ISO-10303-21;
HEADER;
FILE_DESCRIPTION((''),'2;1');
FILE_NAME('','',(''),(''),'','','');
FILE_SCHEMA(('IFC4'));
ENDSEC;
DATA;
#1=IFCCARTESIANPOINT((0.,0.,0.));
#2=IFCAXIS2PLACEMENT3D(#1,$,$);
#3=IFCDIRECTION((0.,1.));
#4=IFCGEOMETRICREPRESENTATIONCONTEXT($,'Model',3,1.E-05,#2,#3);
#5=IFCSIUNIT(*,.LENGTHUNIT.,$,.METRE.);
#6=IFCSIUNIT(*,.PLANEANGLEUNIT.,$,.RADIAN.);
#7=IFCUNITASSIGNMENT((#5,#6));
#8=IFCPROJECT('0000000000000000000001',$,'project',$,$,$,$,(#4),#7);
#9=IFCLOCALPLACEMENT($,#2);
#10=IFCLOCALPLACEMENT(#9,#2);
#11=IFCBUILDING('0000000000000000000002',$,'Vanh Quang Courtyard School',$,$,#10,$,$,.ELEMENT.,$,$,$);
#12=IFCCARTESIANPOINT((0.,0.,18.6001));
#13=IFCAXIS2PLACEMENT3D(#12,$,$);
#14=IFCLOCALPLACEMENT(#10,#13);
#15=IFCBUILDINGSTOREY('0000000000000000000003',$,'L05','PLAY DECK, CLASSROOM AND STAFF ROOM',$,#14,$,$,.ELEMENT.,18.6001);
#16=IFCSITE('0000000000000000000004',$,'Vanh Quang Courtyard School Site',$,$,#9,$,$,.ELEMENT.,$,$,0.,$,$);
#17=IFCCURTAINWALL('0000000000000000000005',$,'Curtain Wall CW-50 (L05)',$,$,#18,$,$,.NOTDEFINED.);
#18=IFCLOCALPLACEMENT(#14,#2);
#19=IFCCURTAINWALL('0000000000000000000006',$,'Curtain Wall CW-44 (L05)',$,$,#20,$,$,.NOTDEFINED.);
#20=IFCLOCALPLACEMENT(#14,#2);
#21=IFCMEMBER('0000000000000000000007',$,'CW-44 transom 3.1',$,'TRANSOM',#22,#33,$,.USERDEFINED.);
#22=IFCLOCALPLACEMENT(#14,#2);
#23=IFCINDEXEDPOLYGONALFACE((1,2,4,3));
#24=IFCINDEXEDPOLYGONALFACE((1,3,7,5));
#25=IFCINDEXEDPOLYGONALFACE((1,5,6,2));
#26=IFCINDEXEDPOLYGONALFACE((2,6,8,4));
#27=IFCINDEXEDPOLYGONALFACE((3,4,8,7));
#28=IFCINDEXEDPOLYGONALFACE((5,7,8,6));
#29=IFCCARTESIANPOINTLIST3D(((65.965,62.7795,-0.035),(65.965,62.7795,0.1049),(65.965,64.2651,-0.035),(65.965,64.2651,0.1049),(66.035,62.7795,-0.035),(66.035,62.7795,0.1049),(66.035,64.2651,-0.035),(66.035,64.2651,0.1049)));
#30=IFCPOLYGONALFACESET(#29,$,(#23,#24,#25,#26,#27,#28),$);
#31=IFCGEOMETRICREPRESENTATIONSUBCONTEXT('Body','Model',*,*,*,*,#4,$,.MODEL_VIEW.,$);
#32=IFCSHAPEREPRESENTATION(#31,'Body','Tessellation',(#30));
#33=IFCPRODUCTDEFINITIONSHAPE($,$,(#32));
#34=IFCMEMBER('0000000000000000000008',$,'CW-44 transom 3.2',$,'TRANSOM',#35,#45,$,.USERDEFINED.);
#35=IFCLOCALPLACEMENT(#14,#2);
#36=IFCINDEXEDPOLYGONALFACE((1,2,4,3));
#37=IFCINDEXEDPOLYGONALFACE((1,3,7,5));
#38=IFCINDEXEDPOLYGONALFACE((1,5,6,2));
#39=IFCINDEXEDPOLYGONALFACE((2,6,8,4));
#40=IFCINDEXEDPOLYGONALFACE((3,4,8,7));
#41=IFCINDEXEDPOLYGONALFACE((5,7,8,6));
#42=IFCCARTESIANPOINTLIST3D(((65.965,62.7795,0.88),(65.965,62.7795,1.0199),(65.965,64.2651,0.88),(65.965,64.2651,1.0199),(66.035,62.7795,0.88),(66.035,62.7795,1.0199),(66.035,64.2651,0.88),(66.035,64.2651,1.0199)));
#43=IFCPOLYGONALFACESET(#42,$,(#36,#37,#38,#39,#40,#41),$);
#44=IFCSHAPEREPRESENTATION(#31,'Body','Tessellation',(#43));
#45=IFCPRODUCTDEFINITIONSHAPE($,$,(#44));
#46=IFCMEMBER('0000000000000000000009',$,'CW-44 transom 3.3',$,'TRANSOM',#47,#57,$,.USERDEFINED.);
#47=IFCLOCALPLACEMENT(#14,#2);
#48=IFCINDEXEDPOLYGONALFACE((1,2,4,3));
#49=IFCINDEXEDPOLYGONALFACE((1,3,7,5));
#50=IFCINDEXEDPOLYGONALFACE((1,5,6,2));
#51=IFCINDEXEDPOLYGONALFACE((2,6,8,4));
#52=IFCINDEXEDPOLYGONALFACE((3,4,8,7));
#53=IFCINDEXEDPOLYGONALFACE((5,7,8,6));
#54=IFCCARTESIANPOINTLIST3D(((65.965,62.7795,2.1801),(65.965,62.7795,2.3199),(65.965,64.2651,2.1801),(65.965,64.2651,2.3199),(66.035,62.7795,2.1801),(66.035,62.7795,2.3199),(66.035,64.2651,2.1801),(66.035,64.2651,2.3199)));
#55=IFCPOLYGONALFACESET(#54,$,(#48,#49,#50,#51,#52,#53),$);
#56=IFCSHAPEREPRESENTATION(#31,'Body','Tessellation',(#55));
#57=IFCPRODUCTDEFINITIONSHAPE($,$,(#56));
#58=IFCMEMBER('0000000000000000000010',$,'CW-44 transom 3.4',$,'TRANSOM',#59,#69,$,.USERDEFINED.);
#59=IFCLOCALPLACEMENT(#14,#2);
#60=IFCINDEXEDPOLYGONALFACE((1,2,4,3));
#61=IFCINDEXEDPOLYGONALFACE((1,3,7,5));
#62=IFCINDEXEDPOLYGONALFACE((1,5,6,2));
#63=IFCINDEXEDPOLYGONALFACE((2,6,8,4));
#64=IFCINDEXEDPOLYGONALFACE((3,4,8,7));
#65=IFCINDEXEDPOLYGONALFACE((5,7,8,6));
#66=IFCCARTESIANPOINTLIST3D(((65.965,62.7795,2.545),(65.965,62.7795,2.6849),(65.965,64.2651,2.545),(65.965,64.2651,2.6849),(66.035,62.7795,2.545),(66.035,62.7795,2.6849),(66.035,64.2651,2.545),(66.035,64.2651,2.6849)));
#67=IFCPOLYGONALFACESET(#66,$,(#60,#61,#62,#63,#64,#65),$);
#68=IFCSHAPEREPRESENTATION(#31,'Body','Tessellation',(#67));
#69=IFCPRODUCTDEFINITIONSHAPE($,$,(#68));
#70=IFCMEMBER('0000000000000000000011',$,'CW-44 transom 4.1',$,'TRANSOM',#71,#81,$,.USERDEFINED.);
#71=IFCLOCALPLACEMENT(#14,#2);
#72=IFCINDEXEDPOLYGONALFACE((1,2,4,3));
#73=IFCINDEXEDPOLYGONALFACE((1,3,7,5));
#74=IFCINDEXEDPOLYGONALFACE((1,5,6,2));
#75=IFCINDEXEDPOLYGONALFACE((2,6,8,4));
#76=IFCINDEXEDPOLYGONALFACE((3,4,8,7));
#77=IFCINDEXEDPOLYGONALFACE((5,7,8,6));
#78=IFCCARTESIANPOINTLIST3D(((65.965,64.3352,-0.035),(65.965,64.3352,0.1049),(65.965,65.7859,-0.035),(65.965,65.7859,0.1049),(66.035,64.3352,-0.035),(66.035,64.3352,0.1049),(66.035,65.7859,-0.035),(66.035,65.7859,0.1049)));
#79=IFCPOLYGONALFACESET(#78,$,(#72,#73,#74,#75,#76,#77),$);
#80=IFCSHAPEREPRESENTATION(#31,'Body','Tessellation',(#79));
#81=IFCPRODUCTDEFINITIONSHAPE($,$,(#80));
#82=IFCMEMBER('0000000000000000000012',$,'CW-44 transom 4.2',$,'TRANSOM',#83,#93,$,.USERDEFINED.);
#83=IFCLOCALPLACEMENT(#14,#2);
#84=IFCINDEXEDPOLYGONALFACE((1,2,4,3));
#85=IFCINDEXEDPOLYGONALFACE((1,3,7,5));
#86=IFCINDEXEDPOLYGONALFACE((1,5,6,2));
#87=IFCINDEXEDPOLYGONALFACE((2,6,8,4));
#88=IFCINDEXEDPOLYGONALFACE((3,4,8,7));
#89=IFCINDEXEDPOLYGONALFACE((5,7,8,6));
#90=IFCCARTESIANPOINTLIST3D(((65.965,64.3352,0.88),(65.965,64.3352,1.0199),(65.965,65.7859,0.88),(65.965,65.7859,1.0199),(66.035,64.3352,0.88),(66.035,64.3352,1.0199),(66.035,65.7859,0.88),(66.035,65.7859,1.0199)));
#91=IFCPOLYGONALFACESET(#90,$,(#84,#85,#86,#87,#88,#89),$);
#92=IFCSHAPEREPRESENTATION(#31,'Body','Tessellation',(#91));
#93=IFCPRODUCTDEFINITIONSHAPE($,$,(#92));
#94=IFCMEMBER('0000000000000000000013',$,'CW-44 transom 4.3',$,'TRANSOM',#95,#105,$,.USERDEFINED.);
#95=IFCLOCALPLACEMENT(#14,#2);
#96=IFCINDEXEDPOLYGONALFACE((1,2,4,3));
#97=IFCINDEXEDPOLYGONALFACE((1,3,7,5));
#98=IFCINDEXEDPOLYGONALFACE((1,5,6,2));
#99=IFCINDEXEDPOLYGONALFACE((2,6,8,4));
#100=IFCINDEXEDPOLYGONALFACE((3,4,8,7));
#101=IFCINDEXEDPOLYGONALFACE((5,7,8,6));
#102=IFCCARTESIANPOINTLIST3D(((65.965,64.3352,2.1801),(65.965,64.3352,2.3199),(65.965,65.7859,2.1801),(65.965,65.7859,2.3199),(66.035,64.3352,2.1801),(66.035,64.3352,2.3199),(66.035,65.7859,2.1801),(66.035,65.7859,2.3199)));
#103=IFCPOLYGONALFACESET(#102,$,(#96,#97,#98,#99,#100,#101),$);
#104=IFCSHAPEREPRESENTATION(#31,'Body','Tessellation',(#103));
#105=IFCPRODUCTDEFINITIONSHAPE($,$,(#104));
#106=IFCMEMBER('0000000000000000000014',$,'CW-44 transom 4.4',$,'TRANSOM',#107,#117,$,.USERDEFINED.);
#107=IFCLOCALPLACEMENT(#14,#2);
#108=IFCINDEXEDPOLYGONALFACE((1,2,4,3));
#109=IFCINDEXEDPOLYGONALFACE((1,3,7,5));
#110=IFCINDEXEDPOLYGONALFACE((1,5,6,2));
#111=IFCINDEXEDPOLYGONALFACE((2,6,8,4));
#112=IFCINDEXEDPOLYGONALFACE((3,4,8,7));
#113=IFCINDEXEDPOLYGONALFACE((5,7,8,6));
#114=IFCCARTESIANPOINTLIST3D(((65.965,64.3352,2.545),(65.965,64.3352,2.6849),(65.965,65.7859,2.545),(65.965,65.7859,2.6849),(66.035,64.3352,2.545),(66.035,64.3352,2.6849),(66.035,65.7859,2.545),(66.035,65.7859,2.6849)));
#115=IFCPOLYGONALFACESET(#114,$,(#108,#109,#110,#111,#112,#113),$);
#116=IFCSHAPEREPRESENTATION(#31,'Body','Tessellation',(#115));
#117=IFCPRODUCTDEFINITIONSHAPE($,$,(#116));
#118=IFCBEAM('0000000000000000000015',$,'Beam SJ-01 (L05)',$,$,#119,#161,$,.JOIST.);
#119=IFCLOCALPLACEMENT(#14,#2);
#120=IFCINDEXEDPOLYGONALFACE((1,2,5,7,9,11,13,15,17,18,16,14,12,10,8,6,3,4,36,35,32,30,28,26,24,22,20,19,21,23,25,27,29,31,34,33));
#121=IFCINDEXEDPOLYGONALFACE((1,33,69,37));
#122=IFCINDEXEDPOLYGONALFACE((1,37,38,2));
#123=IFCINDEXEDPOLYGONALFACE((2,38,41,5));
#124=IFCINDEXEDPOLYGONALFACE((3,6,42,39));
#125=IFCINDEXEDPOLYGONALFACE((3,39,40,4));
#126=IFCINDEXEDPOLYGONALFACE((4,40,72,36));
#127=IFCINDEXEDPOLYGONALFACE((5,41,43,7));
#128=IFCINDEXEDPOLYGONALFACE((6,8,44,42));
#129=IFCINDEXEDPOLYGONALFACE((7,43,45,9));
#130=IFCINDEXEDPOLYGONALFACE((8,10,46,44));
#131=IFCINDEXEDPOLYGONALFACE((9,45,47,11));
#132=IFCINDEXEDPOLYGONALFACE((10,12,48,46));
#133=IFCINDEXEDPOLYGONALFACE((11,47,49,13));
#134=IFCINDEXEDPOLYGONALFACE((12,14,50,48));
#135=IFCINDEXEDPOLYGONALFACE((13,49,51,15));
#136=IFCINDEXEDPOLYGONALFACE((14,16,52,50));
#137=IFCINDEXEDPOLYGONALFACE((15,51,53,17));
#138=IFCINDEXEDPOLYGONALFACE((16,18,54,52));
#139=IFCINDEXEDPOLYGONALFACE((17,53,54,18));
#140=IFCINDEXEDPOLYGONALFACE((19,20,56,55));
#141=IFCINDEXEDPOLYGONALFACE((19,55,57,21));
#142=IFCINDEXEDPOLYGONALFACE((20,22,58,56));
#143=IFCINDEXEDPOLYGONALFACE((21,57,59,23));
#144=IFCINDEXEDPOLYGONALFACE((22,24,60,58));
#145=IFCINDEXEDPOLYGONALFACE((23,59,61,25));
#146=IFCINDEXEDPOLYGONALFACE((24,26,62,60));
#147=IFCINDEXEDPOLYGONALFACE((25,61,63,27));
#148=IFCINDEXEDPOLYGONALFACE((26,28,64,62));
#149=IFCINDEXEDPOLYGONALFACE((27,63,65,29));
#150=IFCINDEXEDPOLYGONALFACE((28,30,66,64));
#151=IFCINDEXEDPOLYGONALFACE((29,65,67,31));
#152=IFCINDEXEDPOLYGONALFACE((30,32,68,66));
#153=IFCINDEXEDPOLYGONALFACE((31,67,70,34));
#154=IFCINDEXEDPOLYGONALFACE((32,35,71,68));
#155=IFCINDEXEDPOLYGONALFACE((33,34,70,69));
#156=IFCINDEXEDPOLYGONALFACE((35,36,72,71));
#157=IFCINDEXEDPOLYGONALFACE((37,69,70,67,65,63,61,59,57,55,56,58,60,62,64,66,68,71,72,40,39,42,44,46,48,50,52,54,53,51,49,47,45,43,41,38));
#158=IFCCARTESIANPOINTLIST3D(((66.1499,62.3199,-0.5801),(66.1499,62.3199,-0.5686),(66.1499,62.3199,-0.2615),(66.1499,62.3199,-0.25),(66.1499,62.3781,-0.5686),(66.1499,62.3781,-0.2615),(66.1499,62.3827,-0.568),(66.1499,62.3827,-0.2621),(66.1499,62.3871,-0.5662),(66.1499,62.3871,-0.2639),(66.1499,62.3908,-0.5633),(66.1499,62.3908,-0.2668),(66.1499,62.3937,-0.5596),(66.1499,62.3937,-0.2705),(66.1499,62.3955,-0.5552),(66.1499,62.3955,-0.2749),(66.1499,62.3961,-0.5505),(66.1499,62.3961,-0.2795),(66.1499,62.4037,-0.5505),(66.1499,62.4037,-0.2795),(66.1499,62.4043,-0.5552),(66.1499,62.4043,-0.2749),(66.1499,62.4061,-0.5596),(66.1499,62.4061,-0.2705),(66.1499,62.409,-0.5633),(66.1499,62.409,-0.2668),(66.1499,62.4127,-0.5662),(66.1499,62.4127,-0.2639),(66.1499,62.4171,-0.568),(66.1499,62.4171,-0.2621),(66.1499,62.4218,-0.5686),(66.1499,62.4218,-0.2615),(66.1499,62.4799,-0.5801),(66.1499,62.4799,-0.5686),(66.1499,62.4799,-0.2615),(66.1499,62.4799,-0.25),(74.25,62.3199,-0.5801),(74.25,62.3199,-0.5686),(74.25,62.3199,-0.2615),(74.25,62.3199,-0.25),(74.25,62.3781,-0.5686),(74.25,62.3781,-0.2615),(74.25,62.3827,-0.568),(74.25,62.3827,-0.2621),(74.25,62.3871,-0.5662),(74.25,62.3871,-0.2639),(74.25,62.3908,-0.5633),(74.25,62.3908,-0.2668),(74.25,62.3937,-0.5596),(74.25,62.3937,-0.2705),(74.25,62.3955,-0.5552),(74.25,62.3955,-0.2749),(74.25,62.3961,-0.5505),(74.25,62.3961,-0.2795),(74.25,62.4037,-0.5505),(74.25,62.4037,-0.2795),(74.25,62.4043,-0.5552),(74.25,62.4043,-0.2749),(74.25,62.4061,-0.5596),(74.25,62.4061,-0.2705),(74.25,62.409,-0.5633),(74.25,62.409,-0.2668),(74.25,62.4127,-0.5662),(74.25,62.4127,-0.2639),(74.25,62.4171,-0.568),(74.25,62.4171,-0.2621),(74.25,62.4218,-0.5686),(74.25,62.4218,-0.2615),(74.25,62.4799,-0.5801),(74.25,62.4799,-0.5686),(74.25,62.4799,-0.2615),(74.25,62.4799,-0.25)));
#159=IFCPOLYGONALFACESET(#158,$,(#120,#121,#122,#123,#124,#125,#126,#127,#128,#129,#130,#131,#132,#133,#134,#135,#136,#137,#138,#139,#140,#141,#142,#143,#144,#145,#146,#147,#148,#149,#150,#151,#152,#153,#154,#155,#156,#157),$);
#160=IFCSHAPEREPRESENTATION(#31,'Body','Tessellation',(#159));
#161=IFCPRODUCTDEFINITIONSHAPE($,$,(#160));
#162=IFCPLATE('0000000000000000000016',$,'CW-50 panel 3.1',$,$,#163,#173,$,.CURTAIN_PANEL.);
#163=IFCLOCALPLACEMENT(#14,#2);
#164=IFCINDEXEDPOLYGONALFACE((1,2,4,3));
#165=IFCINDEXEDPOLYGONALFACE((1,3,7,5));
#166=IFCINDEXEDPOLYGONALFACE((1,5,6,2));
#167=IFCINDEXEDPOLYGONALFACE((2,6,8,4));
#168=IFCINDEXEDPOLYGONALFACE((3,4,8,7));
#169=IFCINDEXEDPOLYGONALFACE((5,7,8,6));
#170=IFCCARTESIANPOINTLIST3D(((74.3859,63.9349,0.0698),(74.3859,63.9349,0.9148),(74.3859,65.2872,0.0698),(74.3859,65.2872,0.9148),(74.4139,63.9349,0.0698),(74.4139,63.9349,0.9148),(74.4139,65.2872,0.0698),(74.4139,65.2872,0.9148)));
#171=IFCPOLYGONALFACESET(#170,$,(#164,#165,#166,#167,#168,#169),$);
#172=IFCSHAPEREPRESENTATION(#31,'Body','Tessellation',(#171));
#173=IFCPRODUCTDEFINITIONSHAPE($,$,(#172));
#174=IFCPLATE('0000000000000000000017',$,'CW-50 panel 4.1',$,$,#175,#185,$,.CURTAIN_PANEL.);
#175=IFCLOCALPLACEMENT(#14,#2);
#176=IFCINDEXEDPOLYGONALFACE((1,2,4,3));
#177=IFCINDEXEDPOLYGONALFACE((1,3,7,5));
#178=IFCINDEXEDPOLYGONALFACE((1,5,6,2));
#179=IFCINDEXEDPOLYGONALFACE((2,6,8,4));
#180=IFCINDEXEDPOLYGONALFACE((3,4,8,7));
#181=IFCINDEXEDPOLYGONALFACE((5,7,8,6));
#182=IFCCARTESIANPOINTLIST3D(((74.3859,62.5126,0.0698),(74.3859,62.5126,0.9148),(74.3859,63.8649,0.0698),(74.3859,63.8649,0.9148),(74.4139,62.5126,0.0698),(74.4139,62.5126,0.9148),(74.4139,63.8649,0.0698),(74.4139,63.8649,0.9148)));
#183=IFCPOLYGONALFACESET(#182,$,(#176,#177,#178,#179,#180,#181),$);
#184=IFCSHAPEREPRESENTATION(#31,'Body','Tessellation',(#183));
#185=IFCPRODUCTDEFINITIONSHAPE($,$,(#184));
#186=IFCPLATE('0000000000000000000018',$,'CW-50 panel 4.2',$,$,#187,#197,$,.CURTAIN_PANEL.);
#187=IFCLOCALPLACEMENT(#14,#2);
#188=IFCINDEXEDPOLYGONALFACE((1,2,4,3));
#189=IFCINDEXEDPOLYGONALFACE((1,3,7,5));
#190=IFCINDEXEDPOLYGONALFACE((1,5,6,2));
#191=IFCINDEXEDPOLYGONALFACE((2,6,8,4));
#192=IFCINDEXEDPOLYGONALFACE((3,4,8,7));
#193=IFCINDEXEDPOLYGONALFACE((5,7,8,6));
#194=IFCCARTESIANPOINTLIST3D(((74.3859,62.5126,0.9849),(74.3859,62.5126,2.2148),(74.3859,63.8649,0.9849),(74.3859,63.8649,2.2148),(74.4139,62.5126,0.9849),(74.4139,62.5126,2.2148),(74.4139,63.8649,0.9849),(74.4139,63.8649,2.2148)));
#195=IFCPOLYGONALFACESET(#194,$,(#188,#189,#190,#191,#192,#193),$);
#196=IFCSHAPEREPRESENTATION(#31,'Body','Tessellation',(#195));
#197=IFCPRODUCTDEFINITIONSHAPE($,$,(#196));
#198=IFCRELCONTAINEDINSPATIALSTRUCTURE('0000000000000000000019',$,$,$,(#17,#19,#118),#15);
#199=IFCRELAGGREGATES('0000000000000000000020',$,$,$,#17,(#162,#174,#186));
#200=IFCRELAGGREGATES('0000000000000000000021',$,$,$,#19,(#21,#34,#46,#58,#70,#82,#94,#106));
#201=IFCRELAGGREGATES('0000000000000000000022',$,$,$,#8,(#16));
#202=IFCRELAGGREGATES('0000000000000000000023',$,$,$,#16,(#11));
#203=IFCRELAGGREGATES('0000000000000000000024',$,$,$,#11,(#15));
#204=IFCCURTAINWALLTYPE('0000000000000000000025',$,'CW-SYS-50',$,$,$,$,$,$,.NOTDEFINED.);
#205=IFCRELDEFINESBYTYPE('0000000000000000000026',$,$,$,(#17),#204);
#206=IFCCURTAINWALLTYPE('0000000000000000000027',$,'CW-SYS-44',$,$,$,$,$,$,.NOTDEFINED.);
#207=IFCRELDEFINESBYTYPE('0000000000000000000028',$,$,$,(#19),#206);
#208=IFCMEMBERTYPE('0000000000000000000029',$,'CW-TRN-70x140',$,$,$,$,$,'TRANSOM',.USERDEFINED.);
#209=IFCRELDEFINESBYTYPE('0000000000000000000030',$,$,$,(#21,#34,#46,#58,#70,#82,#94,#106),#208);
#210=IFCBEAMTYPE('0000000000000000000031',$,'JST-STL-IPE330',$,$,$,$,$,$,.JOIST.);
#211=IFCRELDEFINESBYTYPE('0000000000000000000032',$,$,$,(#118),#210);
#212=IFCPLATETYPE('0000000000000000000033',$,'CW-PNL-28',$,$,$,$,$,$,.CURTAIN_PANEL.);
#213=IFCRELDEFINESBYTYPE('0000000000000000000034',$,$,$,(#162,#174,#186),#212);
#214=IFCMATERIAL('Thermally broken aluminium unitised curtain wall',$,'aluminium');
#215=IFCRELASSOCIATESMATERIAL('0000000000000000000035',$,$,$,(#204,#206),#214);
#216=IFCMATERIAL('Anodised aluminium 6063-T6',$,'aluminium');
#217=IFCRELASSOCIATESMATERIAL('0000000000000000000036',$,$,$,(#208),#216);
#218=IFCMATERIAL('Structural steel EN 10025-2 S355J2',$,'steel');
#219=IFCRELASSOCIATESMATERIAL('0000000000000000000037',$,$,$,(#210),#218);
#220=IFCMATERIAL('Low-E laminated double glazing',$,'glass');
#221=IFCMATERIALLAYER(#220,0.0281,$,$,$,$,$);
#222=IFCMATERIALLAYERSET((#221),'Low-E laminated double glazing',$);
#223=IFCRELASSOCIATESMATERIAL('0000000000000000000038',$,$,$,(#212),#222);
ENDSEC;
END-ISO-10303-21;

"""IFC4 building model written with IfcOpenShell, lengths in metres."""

from ifc_helpers import new_model, si_unit, direction, frame, origin, origin_2d, place, context, subcontext, project, spatial, rectangle, i_section, extrude, material, layer, layer_set, material_profile, profile_set, type_object, element, aggregate, save


model = new_model("IFC4")

# Units and contexts
model_context = context("Model", 3, precision=1e-05, world=origin(), true_north=direction((0.0, 1.0)))
body_context = subcontext(model_context, "Body", "Model", "MODEL_VIEW")
ifc_project = project(units=[si_unit("LENGTHUNIT", "METRE"), si_unit("PLANEANGLEUNIT", "RADIAN")], contexts=[model_context])

# Site, building, storey
site_placement = place(None, origin())
site = spatial("IfcSite", under=ifc_project, at=site_placement, Name="Vanh Quang Courtyard School Site", CompositionType="ELEMENT", RefElevation=0.0)
building_placement = place(site_placement, origin())
building = spatial("IfcBuilding", under=site, at=building_placement, Name="Vanh Quang Courtyard School", CompositionType="ELEMENT")
storey_placement = place(building_placement, frame((0.0, 0.0, 18.6001)))
storey = spatial("IfcBuildingStorey", under=building, at=storey_placement, Name="L05", Description="PLAY DECK, CLASSROOM AND STAFF ROOM", CompositionType="ELEMENT", Elevation=18.6001)

# Curtain walls, members
ifc_material_1 = material(Name="Thermally broken aluminium unitised curtain wall", Category="aluminium")
curtain_wall_type_1 = type_object("IfcCurtainWallType", Name="CW-SYS-50", PredefinedType="NOTDEFINED", material=ifc_material_1)
curtain_wall_1_placement = place(storey_placement, origin())
curtain_wall_1 = element("IfcCurtainWall", 1, at=curtain_wall_1_placement, inside=storey, type_object=curtain_wall_type_1, Name="Curtain Wall CW-50 (L05)", PredefinedType="NOTDEFINED")
ifc_material_2 = material(Name="Anodised aluminium 6063-T6", Category="aluminium")
ifc_material_profile_1 = material_profile(ifc_material_2, rectangle(XDim=0.0701, YDim=0.1399, at=origin_2d()), Name="ALU-TRN 70x140")
ifc_profile_set_1 = profile_set([ifc_material_profile_1], Name="Anodised aluminium 6063-T6")
member_type_1 = type_object("IfcMemberType", Name="CW-TRN-70x140", ElementType="TRANSOM", PredefinedType="USERDEFINED", material=ifc_profile_set_1)
curtain_wall_type_2 = type_object("IfcCurtainWallType", Name="CW-SYS-44", PredefinedType="NOTDEFINED", material=ifc_material_1)
curtain_wall_2_placement = place(storey_placement, origin())
curtain_wall_2 = element("IfcCurtainWall", 2, at=curtain_wall_2_placement, inside=storey, type_object=curtain_wall_type_2, Name="Curtain Wall CW-44 (L05)", PredefinedType="NOTDEFINED")
member_1_placement = place(storey_placement, frame((66.0, 62.7795, 0.0349), z_axis=(0.0, 1.0, 0.0), x_axis=(-1.0, 0.0, 0.0)))
member_1 = element("IfcMember", 3, at=member_1_placement, type_object=member_type_1, Name="CW-44 transom 3.1", ObjectType="TRANSOM", PredefinedType="USERDEFINED", context=body_context, shape_type="SweptSolid", body=[
    extrude(rectangle(XDim=0.0701, YDim=0.1399, at=origin_2d()), origin(), (0.0, 0.0, 1.0), 1.4856),
])
member_2_placement = place(storey_placement, frame((66.0, 62.7795, 0.95), z_axis=(0.0, 1.0, 0.0), x_axis=(-1.0, 0.0, 0.0)))
member_2 = element("IfcMember", 4, at=member_2_placement, type_object=member_type_1, Name="CW-44 transom 3.2", ObjectType="TRANSOM", PredefinedType="USERDEFINED", context=body_context, shape_type="SweptSolid", body=[
    extrude(rectangle(XDim=0.0701, YDim=0.1399, at=origin_2d()), origin(), (0.0, 0.0, 1.0), 1.4856),
])
member_3_placement = place(storey_placement, frame((66.0, 62.7795, 2.25), z_axis=(0.0, 1.0, 0.0), x_axis=(-1.0, 0.0, 0.0)))
member_3 = element("IfcMember", 5, at=member_3_placement, type_object=member_type_1, Name="CW-44 transom 3.3", ObjectType="TRANSOM", PredefinedType="USERDEFINED", context=body_context, shape_type="SweptSolid", body=[
    extrude(rectangle(XDim=0.0701, YDim=0.1399, at=origin_2d()), origin(), (0.0, 0.0, 1.0), 1.4856),
])
member_4_placement = place(storey_placement, frame((66.0, 62.7795, 2.615), z_axis=(0.0, 1.0, 0.0), x_axis=(-1.0, 0.0, 0.0)))
member_4 = element("IfcMember", 6, at=member_4_placement, type_object=member_type_1, Name="CW-44 transom 3.4", ObjectType="TRANSOM", PredefinedType="USERDEFINED", context=body_context, shape_type="SweptSolid", body=[
    extrude(rectangle(XDim=0.0701, YDim=0.1399, at=origin_2d()), origin(), (0.0, 0.0, 1.0), 1.4856),
])
member_5_placement = place(storey_placement, frame((66.0, 64.3352, 0.0349), z_axis=(0.0, 1.0, 0.0), x_axis=(-1.0, 0.0, 0.0)))
member_5 = element("IfcMember", 7, at=member_5_placement, type_object=member_type_1, Name="CW-44 transom 4.1", ObjectType="TRANSOM", PredefinedType="USERDEFINED", context=body_context, shape_type="SweptSolid", body=[
    extrude(rectangle(XDim=0.0701, YDim=0.1399, at=origin_2d()), origin(), (0.0, 0.0, 1.0), 1.4507),
])
member_6_placement = place(storey_placement, frame((66.0, 64.3352, 0.95), z_axis=(0.0, 1.0, 0.0), x_axis=(-1.0, 0.0, 0.0)))
member_6 = element("IfcMember", 8, at=member_6_placement, type_object=member_type_1, Name="CW-44 transom 4.2", ObjectType="TRANSOM", PredefinedType="USERDEFINED", context=body_context, shape_type="SweptSolid", body=[
    extrude(rectangle(XDim=0.0701, YDim=0.1399, at=origin_2d()), origin(), (0.0, 0.0, 1.0), 1.4507),
])
member_7_placement = place(storey_placement, frame((66.0, 64.3352, 2.25), z_axis=(0.0, 1.0, 0.0), x_axis=(-1.0, 0.0, 0.0)))
member_7 = element("IfcMember", 9, at=member_7_placement, type_object=member_type_1, Name="CW-44 transom 4.3", ObjectType="TRANSOM", PredefinedType="USERDEFINED", context=body_context, shape_type="SweptSolid", body=[
    extrude(rectangle(XDim=0.0701, YDim=0.1399, at=origin_2d()), origin(), (0.0, 0.0, 1.0), 1.4507),
])
member_8_placement = place(storey_placement, frame((66.0, 64.3352, 2.615), z_axis=(0.0, 1.0, 0.0), x_axis=(-1.0, 0.0, 0.0)))
member_8 = element("IfcMember", 10, at=member_8_placement, type_object=member_type_1, Name="CW-44 transom 4.4", ObjectType="TRANSOM", PredefinedType="USERDEFINED", context=body_context, shape_type="SweptSolid", body=[
    extrude(rectangle(XDim=0.0701, YDim=0.1399, at=origin_2d()), origin(), (0.0, 0.0, 1.0), 1.4507),
])

# Beam
ifc_material_3 = material(Name="Structural steel EN 10025-2 S355J2", Category="steel")
ifc_material_profile_2 = material_profile(ifc_material_3, i_section(OverallWidth=0.1599, OverallDepth=0.3301, WebThickness=0.0076, FlangeThickness=0.0115, FilletRadius=0.0181, at=origin_2d()), Name="IPE 330")
ifc_profile_set_2 = profile_set([ifc_material_profile_2], Name="Structural steel EN 10025-2 S355J2")
beam_type = type_object("IfcBeamType", Name="JST-STL-IPE330", PredefinedType="JOIST", material=ifc_profile_set_2)
beam_placement = place(storey_placement, frame((66.1499, 62.3999, -0.415), z_axis=(1.0, 0.0, 0.0), x_axis=(0.0, 1.0, 0.0)))
element("IfcBeam", 11, at=beam_placement, inside=storey, type_object=beam_type, Name="Beam SJ-01 (L05)", PredefinedType="JOIST", context=body_context, shape_type="SweptSolid", body=[
    extrude(i_section(OverallWidth=0.1599, OverallDepth=0.3301, WebThickness=0.0076, FlangeThickness=0.0115, FilletRadius=0.0181, at=origin_2d()), origin(), (0.0, 0.0, 1.0), 8.1001),
])

# Plates
ifc_material_4 = material(Name="Low-E laminated double glazing", Category="glass")
ifc_layer = layer(ifc_material_4, 0.0281)
ifc_layer_set = layer_set([ifc_layer], Name="Low-E laminated double glazing")
plate_type = type_object("IfcPlateType", Name="CW-PNL-28", PredefinedType="CURTAIN_PANEL", material=ifc_layer_set)
plate_1_placement = place(storey_placement, frame((74.3999, 64.6111, 0.0698), z_axis=(0.0, 0.0, 1.0), x_axis=(0.0, -1.0, 0.0)))
plate_1 = element("IfcPlate", 12, at=plate_1_placement, type_object=plate_type, Name="CW-50 panel 3.1", PredefinedType="CURTAIN_PANEL", context=body_context, shape_type="SweptSolid", body=[
    extrude(rectangle(XDim=1.3523, YDim=0.0281, at=origin_2d()), origin(), (0.0, 0.0, 1.0), 0.845),
])
plate_2_placement = place(storey_placement, frame((74.3999, 63.1887, 0.0698), z_axis=(0.0, 0.0, 1.0), x_axis=(0.0, -1.0, 0.0)))
plate_2 = element("IfcPlate", 13, at=plate_2_placement, type_object=plate_type, Name="CW-50 panel 4.1", PredefinedType="CURTAIN_PANEL", context=body_context, shape_type="SweptSolid", body=[
    extrude(rectangle(XDim=1.3523, YDim=0.0281, at=origin_2d()), origin(), (0.0, 0.0, 1.0), 0.845),
])
plate_3_placement = place(storey_placement, frame((74.3999, 63.1887, 0.9849), z_axis=(0.0, 0.0, 1.0), x_axis=(0.0, -1.0, 0.0)))
plate_3 = element("IfcPlate", 14, at=plate_3_placement, type_object=plate_type, Name="CW-50 panel 4.2", PredefinedType="CURTAIN_PANEL", context=body_context, shape_type="SweptSolid", body=[
    extrude(rectangle(XDim=1.3523, YDim=0.0281, at=origin_2d()), origin(), (0.0, 0.0, 1.0), 1.23),
])
aggregate(curtain_wall_1, [plate_1, plate_2, plate_3])
aggregate(curtain_wall_2, [member_1, member_2, member_3, member_4, member_5, member_6, member_7, member_8])

save(model, "model.ifc")
